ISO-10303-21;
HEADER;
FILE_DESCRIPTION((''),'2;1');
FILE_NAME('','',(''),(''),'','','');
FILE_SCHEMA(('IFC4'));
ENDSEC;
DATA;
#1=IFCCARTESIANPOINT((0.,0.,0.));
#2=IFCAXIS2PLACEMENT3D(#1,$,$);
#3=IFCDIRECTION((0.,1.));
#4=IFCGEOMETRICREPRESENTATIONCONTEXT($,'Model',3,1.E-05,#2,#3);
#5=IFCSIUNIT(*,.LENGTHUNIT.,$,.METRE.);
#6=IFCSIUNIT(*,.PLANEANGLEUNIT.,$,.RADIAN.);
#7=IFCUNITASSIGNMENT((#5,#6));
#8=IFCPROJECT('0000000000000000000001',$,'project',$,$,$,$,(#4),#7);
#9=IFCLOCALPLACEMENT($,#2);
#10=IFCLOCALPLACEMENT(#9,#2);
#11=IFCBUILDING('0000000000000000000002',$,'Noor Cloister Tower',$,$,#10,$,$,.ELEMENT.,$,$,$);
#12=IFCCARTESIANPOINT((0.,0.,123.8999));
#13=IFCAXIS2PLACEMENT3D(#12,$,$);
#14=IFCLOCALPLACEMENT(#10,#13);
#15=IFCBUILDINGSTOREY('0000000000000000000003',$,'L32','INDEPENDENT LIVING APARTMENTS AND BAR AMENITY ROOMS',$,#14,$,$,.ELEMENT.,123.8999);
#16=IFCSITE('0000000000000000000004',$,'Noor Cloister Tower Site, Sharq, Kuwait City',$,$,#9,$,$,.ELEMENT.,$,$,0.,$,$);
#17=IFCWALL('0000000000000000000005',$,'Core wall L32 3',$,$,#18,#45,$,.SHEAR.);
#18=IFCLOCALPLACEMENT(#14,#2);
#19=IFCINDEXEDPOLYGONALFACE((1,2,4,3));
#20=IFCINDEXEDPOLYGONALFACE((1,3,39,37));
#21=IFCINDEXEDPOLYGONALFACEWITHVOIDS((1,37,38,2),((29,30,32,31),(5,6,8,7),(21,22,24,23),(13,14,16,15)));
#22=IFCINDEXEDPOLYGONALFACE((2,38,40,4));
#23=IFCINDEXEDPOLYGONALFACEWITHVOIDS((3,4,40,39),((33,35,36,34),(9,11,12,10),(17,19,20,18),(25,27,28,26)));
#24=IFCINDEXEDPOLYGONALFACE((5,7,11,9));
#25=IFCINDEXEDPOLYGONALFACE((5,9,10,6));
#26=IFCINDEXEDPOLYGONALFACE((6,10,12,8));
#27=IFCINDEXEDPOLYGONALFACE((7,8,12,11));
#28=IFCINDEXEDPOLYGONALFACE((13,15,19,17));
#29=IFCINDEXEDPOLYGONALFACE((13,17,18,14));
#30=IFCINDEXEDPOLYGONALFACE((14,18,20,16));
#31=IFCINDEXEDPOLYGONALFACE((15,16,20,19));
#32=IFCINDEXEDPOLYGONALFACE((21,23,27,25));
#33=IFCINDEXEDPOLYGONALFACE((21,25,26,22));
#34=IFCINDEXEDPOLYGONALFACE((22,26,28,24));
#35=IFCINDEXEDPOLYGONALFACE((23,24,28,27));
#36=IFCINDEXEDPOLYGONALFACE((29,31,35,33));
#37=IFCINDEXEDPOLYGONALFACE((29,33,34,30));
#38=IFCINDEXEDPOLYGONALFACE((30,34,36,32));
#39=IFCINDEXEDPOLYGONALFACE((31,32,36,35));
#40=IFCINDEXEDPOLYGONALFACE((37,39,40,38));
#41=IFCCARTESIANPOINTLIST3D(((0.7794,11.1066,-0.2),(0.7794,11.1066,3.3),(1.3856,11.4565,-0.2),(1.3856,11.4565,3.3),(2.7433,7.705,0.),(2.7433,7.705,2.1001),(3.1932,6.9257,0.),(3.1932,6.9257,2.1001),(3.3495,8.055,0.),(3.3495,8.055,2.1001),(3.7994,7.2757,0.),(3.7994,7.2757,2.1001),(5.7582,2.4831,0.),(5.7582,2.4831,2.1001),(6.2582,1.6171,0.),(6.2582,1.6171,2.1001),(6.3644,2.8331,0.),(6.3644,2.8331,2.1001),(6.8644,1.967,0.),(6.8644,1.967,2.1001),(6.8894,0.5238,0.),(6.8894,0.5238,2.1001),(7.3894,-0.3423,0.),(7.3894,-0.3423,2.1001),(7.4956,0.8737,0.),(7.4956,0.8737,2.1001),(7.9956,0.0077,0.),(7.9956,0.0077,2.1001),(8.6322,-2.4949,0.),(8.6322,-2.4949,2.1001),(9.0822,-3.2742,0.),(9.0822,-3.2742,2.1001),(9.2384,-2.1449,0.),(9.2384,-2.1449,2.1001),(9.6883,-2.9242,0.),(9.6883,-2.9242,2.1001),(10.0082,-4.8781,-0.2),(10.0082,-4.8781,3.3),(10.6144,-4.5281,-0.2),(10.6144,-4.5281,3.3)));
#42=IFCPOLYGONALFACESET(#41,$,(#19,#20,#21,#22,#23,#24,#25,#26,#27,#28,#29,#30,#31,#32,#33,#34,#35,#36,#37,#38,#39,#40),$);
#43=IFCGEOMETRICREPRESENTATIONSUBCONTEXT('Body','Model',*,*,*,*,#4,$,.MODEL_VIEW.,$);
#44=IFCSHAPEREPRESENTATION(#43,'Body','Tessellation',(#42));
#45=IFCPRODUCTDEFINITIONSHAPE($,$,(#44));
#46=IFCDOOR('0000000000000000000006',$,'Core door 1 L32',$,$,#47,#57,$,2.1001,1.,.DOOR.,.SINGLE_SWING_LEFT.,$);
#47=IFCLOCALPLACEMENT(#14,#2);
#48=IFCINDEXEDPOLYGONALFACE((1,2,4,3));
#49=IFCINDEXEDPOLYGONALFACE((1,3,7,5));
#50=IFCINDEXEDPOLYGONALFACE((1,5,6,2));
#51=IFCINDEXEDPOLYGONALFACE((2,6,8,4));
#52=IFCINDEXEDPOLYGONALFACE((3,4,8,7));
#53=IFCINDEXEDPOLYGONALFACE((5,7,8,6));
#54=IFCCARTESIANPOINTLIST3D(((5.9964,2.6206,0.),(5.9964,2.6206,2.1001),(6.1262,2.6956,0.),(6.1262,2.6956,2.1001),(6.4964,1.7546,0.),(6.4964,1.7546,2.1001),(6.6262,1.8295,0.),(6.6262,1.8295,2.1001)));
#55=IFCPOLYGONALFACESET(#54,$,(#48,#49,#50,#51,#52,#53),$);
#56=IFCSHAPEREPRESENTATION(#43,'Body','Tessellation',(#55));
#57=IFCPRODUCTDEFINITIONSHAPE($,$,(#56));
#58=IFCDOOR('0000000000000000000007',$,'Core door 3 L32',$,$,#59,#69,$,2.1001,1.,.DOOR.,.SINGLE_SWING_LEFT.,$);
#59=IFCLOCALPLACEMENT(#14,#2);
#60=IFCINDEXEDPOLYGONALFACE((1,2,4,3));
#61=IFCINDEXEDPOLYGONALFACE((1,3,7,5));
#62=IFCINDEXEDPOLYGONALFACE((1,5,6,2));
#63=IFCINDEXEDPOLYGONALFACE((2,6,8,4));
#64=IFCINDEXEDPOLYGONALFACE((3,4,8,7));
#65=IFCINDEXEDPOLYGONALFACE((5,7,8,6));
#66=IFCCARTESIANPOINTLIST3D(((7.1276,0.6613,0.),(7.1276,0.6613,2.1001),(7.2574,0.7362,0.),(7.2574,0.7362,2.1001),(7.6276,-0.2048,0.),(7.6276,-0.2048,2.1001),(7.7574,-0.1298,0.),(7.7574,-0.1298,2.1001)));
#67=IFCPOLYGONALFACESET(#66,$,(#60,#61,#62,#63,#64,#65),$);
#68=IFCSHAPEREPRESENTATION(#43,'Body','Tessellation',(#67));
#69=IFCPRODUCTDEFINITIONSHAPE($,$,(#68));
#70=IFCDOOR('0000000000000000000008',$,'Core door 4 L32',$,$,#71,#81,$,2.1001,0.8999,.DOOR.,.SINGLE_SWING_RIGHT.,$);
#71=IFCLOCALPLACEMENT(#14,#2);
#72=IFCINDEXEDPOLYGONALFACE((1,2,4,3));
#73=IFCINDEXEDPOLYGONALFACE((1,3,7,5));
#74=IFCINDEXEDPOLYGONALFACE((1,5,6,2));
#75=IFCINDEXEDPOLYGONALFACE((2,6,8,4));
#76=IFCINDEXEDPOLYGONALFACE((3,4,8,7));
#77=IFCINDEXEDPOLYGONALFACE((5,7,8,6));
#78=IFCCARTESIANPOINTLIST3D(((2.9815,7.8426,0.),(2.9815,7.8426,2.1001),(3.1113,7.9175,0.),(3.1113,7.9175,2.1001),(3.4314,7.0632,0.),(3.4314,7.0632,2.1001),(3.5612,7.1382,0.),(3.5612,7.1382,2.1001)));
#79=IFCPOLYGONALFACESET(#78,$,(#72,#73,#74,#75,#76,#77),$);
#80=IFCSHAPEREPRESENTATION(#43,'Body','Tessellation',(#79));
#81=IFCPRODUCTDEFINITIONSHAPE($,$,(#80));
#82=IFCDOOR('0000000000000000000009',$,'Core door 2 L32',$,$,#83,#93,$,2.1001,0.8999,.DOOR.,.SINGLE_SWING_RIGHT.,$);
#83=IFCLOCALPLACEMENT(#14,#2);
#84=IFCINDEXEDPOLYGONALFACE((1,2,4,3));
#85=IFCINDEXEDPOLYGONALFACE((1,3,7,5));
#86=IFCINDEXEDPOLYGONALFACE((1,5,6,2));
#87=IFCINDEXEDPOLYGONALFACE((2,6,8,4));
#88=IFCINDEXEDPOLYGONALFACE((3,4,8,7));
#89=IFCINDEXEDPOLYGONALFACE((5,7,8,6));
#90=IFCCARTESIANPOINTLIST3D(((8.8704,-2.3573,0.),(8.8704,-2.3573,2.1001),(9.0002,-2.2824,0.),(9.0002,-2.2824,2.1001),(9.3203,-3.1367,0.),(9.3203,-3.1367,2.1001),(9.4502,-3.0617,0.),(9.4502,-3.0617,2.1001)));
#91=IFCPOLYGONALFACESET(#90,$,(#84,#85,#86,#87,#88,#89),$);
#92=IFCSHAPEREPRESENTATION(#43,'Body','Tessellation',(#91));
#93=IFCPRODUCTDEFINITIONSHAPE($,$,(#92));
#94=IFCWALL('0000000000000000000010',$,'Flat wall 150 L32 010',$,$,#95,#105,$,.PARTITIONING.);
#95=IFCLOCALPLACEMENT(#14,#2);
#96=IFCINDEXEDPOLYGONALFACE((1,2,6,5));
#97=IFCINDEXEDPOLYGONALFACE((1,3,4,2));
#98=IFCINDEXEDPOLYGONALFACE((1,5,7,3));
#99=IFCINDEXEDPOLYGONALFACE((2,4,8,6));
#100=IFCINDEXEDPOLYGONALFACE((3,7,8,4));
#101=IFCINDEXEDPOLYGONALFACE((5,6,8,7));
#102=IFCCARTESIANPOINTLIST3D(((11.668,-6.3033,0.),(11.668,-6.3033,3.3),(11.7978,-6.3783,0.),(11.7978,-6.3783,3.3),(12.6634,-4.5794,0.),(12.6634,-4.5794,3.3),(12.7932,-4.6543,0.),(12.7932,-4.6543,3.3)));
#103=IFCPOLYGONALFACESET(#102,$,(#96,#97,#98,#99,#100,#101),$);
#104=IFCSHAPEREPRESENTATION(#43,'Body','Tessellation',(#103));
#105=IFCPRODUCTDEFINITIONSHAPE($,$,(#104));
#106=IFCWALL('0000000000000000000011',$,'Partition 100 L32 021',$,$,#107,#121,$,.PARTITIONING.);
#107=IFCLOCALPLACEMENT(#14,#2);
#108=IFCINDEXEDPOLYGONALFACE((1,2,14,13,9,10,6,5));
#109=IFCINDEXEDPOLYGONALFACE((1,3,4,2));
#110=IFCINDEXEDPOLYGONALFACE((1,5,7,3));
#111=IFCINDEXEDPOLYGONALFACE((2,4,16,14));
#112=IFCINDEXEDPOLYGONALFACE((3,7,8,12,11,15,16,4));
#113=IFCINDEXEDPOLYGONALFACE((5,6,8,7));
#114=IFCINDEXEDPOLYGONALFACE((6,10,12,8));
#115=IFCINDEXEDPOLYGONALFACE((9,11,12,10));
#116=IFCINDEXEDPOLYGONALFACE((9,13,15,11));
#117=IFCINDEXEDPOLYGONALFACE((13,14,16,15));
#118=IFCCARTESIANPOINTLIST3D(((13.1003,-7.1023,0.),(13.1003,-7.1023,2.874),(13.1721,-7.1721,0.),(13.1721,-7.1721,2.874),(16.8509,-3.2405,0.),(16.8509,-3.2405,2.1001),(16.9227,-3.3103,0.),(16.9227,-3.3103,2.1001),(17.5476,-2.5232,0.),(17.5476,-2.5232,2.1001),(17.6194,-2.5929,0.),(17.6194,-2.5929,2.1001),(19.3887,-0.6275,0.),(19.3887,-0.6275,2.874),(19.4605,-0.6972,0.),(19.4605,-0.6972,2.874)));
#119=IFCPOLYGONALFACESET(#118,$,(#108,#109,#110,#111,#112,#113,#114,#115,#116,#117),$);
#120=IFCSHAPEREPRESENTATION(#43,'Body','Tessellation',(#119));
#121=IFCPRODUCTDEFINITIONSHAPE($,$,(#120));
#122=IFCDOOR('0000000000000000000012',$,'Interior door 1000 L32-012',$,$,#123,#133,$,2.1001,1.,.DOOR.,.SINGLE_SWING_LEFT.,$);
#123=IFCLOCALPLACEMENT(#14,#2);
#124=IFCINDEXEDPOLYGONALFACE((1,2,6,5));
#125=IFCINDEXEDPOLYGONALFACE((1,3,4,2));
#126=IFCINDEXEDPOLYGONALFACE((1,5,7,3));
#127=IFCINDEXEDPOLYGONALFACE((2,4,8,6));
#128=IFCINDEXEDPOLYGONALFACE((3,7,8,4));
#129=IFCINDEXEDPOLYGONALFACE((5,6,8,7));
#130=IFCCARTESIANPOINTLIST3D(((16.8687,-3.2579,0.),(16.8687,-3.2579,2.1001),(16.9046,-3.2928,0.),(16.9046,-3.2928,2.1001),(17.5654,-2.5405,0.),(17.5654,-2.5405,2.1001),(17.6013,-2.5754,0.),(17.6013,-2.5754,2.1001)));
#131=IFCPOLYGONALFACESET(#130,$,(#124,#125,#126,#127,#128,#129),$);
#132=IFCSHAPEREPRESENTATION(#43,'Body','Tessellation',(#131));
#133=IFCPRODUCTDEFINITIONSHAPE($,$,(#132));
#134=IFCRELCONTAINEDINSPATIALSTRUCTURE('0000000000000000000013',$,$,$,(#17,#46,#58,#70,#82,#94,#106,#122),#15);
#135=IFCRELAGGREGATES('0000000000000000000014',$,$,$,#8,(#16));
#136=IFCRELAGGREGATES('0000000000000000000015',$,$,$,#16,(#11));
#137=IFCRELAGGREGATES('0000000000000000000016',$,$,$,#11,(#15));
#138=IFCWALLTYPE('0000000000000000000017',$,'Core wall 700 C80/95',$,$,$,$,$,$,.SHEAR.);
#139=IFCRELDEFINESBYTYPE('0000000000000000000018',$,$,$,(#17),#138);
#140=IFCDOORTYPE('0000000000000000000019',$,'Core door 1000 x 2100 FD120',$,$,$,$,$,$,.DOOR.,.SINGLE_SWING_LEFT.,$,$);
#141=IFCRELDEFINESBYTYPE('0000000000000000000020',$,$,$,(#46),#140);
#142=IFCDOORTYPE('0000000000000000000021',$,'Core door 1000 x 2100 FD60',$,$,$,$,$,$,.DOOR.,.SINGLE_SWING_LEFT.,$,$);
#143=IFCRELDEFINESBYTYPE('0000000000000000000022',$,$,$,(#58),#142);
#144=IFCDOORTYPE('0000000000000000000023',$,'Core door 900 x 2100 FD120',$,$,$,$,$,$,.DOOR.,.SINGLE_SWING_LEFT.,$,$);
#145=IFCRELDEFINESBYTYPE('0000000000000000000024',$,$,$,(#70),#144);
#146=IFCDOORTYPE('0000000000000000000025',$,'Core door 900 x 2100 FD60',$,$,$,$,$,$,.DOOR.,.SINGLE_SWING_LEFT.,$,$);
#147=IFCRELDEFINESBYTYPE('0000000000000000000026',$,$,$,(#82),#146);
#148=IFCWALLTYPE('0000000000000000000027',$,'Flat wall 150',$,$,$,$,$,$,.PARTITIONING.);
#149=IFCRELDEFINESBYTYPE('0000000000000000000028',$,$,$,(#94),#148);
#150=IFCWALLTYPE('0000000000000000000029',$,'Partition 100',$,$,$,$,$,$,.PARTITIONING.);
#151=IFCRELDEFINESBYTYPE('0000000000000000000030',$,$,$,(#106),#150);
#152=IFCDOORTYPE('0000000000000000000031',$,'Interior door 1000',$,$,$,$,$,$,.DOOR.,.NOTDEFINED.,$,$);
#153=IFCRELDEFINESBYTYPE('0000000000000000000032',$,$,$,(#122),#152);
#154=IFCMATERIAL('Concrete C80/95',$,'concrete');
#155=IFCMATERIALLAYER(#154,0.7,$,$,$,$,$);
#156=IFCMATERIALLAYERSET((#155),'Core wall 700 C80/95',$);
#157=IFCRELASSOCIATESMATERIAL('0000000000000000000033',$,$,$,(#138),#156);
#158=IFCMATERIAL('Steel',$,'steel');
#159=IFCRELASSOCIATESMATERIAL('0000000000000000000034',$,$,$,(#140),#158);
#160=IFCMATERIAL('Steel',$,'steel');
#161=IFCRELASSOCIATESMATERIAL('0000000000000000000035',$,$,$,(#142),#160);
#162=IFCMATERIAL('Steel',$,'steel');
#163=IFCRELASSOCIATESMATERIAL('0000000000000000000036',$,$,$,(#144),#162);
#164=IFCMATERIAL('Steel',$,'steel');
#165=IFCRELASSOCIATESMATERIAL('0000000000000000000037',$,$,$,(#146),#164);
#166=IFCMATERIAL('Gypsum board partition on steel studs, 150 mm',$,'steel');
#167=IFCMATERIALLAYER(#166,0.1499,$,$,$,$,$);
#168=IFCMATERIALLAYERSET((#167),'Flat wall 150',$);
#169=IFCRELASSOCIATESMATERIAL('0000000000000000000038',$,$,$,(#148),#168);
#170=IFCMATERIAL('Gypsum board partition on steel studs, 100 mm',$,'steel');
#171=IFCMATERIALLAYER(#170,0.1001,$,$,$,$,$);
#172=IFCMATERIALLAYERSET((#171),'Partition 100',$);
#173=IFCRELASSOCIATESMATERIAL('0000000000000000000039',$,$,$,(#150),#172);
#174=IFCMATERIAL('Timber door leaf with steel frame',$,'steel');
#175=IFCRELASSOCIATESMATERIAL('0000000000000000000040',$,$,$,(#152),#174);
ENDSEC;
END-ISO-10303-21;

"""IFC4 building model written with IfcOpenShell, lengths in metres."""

from ifc_helpers import new_model, si_unit, direction, frame, frame_2d, origin, place, context, subcontext, project, spatial, rectangle, extrude, material, layer, layer_set, type_object, element, fill, save


model = new_model("IFC4")

# Units and contexts
model_context = context("Model", 3, precision=1e-05, world=origin(), true_north=direction((0.0, 1.0)))
body_context = subcontext(model_context, "Body", "Model", "MODEL_VIEW")
ifc_project = project(units=[si_unit("LENGTHUNIT", "METRE"), si_unit("PLANEANGLEUNIT", "RADIAN")], contexts=[model_context])

# Site, building, storey
site_placement = place(None, origin())
site = spatial("IfcSite", under=ifc_project, at=site_placement, Name="Noor Cloister Tower Site, Sharq, Kuwait City", CompositionType="ELEMENT", RefElevation=0.0)
building_placement = place(site_placement, origin())
building = spatial("IfcBuilding", under=site, at=building_placement, Name="Noor Cloister Tower", CompositionType="ELEMENT")
storey_placement = place(building_placement, frame((0.0, 0.0, 123.8999)))
storey = spatial("IfcBuildingStorey", under=building, at=storey_placement, Name="L32", Description="INDEPENDENT LIVING APARTMENTS AND BAR AMENITY ROOMS", CompositionType="ELEMENT", Elevation=123.8999)

# Wall, openings, doors
ifc_material_1 = material(Name="Concrete C80/95", Category="concrete")
ifc_layer_1 = layer(ifc_material_1, 0.7)
ifc_layer_set_1 = layer_set([ifc_layer_1], Name="Core wall 700 C80/95")
wall_type_1 = type_object("IfcWallType", Name="Core wall 700 C80/95", PredefinedType="SHEAR", material=ifc_layer_set_1)
wall_1_placement = place(storey_placement, frame((10.3113, -4.7031, -0.2), z_axis=(0.0, 0.0, 1.0), x_axis=(-0.500001, 0.866025, 0.0)))
wall_1 = element("IfcWall", 1, at=wall_1_placement, inside=storey, type_object=wall_type_1, Name="Core wall L32 3", PredefinedType="SHEAR", context=body_context, shape_type="SweptSolid", body=[
    extrude(rectangle(XDim=18.4575, YDim=0.7, at=frame_2d((9.2288, 0.0))), origin(), (0.0, 0.0, 1.0), 3.5),
])
opening_1_placement = place(wall_1_placement, frame((7.5, 0.0, 0.2)))
opening_1 = element("IfcOpeningElement", 2, at=opening_1_placement, cuts=wall_1, PredefinedType="OPENING", context=body_context, shape_type="SweptSolid", body=[
    extrude(rectangle(XDim=1.0, YDim=2.1001, at=frame_2d((0.5, 1.05))), frame((0.0, 0.3599, 0.0), z_axis=(0.0, -1.0, 0.0), x_axis=(1.0, 0.0, 0.0)), (0.0, 0.0, 1.0), 0.72),
])
opening_2_placement = place(wall_1_placement, frame((1.8521, 0.0, 0.2)))
opening_2 = element("IfcOpeningElement", 3, at=opening_2_placement, cuts=wall_1, PredefinedType="OPENING", context=body_context, shape_type="SweptSolid", body=[
    extrude(rectangle(XDim=0.8999, YDim=2.1001, at=frame_2d((0.45, 1.05))), frame((0.0, 0.3599, 0.0), z_axis=(0.0, -1.0, 0.0), x_axis=(1.0, 0.0, 0.0)), (0.0, 0.0, 1.0), 0.72),
])
opening_3_placement = place(wall_1_placement, frame((5.2375, 0.0, 0.2)))
opening_3 = element("IfcOpeningElement", 4, at=opening_3_placement, cuts=wall_1, PredefinedType="OPENING", context=body_context, shape_type="SweptSolid", body=[
    extrude(rectangle(XDim=1.0, YDim=2.1001, at=frame_2d((0.5, 1.05))), frame((0.0, 0.3599, 0.0), z_axis=(0.0, -1.0, 0.0), x_axis=(1.0, 0.0, 0.0)), (0.0, 0.0, 1.0), 0.72),
])
opening_4_placement = place(wall_1_placement, frame((13.6299, 0.0, 0.2)))
opening_4 = element("IfcOpeningElement", 5, at=opening_4_placement, cuts=wall_1, PredefinedType="OPENING", context=body_context, shape_type="SweptSolid", body=[
    extrude(rectangle(XDim=0.8999, YDim=2.1001, at=frame_2d((0.45, 1.05))), frame((0.0, 0.3599, 0.0), z_axis=(0.0, -1.0, 0.0), x_axis=(1.0, 0.0, 0.0)), (0.0, 0.0, 1.0), 0.72),
])
ifc_material_2 = material(Name="Steel", Category="steel")
door_type_1 = type_object("IfcDoorType", Name="Core door 1000 x 2100 FD120", OperationType="SINGLE_SWING_LEFT", PredefinedType="DOOR", material=ifc_material_2)
door_1_placement = place(opening_1_placement, origin())
door_1 = element("IfcDoor", 6, at=door_1_placement, inside=storey, type_object=door_type_1, Name="Core door 1 L32", OperationType="SINGLE_SWING_LEFT", OverallHeight=2.1001, OverallWidth=1.0, PredefinedType="DOOR", context=body_context, shape_type="SweptSolid", body=[
    extrude(rectangle(XDim=1.0, YDim=2.1001, at=frame_2d((0.5, 1.05))), frame((0.0, 0.075, 0.0), z_axis=(0.0, -1.0, 0.0), x_axis=(1.0, 0.0, 0.0)), (0.0, 0.0, 1.0), 0.1499),
])
fill(opening_1, door_1)
ifc_material_3 = material(Name="Steel", Category="steel")
door_type_2 = type_object("IfcDoorType", Name="Core door 1000 x 2100 FD60", OperationType="SINGLE_SWING_LEFT", PredefinedType="DOOR", material=ifc_material_3)
door_2_placement = place(opening_3_placement, origin())
door_2 = element("IfcDoor", 7, at=door_2_placement, inside=storey, type_object=door_type_2, Name="Core door 3 L32", OperationType="SINGLE_SWING_LEFT", OverallHeight=2.1001, OverallWidth=1.0, PredefinedType="DOOR", context=body_context, shape_type="SweptSolid", body=[
    extrude(rectangle(XDim=1.0, YDim=2.1001, at=frame_2d((0.5, 1.05))), frame((0.0, 0.075, 0.0), z_axis=(0.0, -1.0, 0.0), x_axis=(1.0, 0.0, 0.0)), (0.0, 0.0, 1.0), 0.1499),
])
fill(opening_3, door_2)
ifc_material_4 = material(Name="Steel", Category="steel")
door_type_3 = type_object("IfcDoorType", Name="Core door 900 x 2100 FD120", OperationType="SINGLE_SWING_LEFT", PredefinedType="DOOR", material=ifc_material_4)
door_3_placement = place(opening_4_placement, origin())
door_3 = element("IfcDoor", 8, at=door_3_placement, inside=storey, type_object=door_type_3, Name="Core door 4 L32", OperationType="SINGLE_SWING_RIGHT", OverallHeight=2.1001, OverallWidth=0.8999, PredefinedType="DOOR", context=body_context, shape_type="SweptSolid", body=[
    extrude(rectangle(XDim=0.8999, YDim=2.1001, at=frame_2d((0.45, 1.05))), frame((0.0, 0.075, 0.0), z_axis=(0.0, -1.0, 0.0), x_axis=(1.0, 0.0, 0.0)), (0.0, 0.0, 1.0), 0.1499),
])
fill(opening_4, door_3)
ifc_material_5 = material(Name="Steel", Category="steel")
door_type_4 = type_object("IfcDoorType", Name="Core door 900 x 2100 FD60", OperationType="SINGLE_SWING_LEFT", PredefinedType="DOOR", material=ifc_material_5)
door_4_placement = place(opening_2_placement, origin())
door_4 = element("IfcDoor", 9, at=door_4_placement, inside=storey, type_object=door_type_4, Name="Core door 2 L32", OperationType="SINGLE_SWING_RIGHT", OverallHeight=2.1001, OverallWidth=0.8999, PredefinedType="DOOR", context=body_context, shape_type="SweptSolid", body=[
    extrude(rectangle(XDim=0.8999, YDim=2.1001, at=frame_2d((0.45, 1.05))), frame((0.0, 0.075, 0.0), z_axis=(0.0, -1.0, 0.0), x_axis=(1.0, 0.0, 0.0)), (0.0, 0.0, 1.0), 0.1499),
])
fill(opening_2, door_4)

# Wall
ifc_material_6 = material(Name="Gypsum board partition on steel studs, 150 mm", Category="steel")
ifc_layer_2 = layer(ifc_material_6, 0.1499)
ifc_layer_set_2 = layer_set([ifc_layer_2], Name="Flat wall 150")
wall_type_2 = type_object("IfcWallType", Name="Flat wall 150", PredefinedType="PARTITIONING", material=ifc_layer_set_2)
wall_2_placement = place(storey_placement, frame((11.7329, -6.3408, 0.0), z_axis=(0.0, 0.0, 1.0), x_axis=(0.50003, 0.866008, 0.0)))
element("IfcWall", 10, at=wall_2_placement, inside=storey, type_object=wall_type_2, Name="Flat wall 150 L32 010", PredefinedType="PARTITIONING", context=body_context, shape_type="SweptSolid", body=[
    extrude(rectangle(XDim=1.9907, YDim=0.1499, at=frame_2d((0.9954, 0.0))), origin(), (0.0, 0.0, 1.0), 3.3),
])

# Wall, opening, door
ifc_material_7 = material(Name="Gypsum board partition on steel studs, 100 mm", Category="steel")
ifc_layer_3 = layer(ifc_material_7, 0.1001)
ifc_layer_set_3 = layer_set([ifc_layer_3], Name="Partition 100")
wall_type_3 = type_object("IfcWallType", Name="Partition 100", PredefinedType="PARTITIONING", material=ifc_layer_set_3)
wall_3_placement = place(storey_placement, frame((19.4246, -0.6624, 0.0), z_axis=(0.0, 0.0, 1.0), x_axis=(-0.696699, -0.717364, 0.0)))
wall_3 = element("IfcWall", 11, at=wall_3_placement, inside=storey, type_object=wall_type_3, Name="Partition 100 L32 021", PredefinedType="PARTITIONING", context=body_context, shape_type="SweptSolid", body=[
    extrude(rectangle(XDim=9.0259, YDim=0.1001, at=frame_2d((4.5129, 0.0))), origin(), (0.0, 0.0, 1.0), 2.874),
])
opening_5_placement = place(wall_3_placement, frame((2.6426, 0.0, 0.0)))
opening_5 = element("IfcOpeningElement", 12, at=opening_5_placement, cuts=wall_3, PredefinedType="OPENING", context=body_context, shape_type="SweptSolid", body=[
    extrude(rectangle(XDim=1.0, YDim=2.1001, at=frame_2d((0.5, 1.05))), frame((0.0, 0.0601, 0.0), z_axis=(0.0, -1.0, 0.0), x_axis=(1.0, 0.0, 0.0)), (0.0, 0.0, 1.0), 0.1201),
])
ifc_material_8 = material(Name="Timber door leaf with steel frame", Category="steel")
door_type_5 = type_object("IfcDoorType", Name="Interior door 1000", OperationType="NOTDEFINED", PredefinedType="DOOR", material=ifc_material_8)
door_5_placement = place(opening_5_placement, origin())
door_5 = element("IfcDoor", 13, at=door_5_placement, inside=storey, type_object=door_type_5, Name="Interior door 1000 L32-012", OperationType="SINGLE_SWING_LEFT", OverallHeight=2.1001, OverallWidth=1.0, PredefinedType="DOOR", context=body_context, shape_type="SweptSolid", body=[
    extrude(rectangle(XDim=1.0, YDim=2.1001, at=frame_2d((0.5, 1.05))), frame((0.0, 0.0249, 0.0), z_axis=(0.0, -1.0, 0.0), x_axis=(1.0, 0.0, 0.0)), (0.0, 0.0, 1.0), 0.05),
])
fill(opening_5, door_5)

save(model, "model.ifc")
